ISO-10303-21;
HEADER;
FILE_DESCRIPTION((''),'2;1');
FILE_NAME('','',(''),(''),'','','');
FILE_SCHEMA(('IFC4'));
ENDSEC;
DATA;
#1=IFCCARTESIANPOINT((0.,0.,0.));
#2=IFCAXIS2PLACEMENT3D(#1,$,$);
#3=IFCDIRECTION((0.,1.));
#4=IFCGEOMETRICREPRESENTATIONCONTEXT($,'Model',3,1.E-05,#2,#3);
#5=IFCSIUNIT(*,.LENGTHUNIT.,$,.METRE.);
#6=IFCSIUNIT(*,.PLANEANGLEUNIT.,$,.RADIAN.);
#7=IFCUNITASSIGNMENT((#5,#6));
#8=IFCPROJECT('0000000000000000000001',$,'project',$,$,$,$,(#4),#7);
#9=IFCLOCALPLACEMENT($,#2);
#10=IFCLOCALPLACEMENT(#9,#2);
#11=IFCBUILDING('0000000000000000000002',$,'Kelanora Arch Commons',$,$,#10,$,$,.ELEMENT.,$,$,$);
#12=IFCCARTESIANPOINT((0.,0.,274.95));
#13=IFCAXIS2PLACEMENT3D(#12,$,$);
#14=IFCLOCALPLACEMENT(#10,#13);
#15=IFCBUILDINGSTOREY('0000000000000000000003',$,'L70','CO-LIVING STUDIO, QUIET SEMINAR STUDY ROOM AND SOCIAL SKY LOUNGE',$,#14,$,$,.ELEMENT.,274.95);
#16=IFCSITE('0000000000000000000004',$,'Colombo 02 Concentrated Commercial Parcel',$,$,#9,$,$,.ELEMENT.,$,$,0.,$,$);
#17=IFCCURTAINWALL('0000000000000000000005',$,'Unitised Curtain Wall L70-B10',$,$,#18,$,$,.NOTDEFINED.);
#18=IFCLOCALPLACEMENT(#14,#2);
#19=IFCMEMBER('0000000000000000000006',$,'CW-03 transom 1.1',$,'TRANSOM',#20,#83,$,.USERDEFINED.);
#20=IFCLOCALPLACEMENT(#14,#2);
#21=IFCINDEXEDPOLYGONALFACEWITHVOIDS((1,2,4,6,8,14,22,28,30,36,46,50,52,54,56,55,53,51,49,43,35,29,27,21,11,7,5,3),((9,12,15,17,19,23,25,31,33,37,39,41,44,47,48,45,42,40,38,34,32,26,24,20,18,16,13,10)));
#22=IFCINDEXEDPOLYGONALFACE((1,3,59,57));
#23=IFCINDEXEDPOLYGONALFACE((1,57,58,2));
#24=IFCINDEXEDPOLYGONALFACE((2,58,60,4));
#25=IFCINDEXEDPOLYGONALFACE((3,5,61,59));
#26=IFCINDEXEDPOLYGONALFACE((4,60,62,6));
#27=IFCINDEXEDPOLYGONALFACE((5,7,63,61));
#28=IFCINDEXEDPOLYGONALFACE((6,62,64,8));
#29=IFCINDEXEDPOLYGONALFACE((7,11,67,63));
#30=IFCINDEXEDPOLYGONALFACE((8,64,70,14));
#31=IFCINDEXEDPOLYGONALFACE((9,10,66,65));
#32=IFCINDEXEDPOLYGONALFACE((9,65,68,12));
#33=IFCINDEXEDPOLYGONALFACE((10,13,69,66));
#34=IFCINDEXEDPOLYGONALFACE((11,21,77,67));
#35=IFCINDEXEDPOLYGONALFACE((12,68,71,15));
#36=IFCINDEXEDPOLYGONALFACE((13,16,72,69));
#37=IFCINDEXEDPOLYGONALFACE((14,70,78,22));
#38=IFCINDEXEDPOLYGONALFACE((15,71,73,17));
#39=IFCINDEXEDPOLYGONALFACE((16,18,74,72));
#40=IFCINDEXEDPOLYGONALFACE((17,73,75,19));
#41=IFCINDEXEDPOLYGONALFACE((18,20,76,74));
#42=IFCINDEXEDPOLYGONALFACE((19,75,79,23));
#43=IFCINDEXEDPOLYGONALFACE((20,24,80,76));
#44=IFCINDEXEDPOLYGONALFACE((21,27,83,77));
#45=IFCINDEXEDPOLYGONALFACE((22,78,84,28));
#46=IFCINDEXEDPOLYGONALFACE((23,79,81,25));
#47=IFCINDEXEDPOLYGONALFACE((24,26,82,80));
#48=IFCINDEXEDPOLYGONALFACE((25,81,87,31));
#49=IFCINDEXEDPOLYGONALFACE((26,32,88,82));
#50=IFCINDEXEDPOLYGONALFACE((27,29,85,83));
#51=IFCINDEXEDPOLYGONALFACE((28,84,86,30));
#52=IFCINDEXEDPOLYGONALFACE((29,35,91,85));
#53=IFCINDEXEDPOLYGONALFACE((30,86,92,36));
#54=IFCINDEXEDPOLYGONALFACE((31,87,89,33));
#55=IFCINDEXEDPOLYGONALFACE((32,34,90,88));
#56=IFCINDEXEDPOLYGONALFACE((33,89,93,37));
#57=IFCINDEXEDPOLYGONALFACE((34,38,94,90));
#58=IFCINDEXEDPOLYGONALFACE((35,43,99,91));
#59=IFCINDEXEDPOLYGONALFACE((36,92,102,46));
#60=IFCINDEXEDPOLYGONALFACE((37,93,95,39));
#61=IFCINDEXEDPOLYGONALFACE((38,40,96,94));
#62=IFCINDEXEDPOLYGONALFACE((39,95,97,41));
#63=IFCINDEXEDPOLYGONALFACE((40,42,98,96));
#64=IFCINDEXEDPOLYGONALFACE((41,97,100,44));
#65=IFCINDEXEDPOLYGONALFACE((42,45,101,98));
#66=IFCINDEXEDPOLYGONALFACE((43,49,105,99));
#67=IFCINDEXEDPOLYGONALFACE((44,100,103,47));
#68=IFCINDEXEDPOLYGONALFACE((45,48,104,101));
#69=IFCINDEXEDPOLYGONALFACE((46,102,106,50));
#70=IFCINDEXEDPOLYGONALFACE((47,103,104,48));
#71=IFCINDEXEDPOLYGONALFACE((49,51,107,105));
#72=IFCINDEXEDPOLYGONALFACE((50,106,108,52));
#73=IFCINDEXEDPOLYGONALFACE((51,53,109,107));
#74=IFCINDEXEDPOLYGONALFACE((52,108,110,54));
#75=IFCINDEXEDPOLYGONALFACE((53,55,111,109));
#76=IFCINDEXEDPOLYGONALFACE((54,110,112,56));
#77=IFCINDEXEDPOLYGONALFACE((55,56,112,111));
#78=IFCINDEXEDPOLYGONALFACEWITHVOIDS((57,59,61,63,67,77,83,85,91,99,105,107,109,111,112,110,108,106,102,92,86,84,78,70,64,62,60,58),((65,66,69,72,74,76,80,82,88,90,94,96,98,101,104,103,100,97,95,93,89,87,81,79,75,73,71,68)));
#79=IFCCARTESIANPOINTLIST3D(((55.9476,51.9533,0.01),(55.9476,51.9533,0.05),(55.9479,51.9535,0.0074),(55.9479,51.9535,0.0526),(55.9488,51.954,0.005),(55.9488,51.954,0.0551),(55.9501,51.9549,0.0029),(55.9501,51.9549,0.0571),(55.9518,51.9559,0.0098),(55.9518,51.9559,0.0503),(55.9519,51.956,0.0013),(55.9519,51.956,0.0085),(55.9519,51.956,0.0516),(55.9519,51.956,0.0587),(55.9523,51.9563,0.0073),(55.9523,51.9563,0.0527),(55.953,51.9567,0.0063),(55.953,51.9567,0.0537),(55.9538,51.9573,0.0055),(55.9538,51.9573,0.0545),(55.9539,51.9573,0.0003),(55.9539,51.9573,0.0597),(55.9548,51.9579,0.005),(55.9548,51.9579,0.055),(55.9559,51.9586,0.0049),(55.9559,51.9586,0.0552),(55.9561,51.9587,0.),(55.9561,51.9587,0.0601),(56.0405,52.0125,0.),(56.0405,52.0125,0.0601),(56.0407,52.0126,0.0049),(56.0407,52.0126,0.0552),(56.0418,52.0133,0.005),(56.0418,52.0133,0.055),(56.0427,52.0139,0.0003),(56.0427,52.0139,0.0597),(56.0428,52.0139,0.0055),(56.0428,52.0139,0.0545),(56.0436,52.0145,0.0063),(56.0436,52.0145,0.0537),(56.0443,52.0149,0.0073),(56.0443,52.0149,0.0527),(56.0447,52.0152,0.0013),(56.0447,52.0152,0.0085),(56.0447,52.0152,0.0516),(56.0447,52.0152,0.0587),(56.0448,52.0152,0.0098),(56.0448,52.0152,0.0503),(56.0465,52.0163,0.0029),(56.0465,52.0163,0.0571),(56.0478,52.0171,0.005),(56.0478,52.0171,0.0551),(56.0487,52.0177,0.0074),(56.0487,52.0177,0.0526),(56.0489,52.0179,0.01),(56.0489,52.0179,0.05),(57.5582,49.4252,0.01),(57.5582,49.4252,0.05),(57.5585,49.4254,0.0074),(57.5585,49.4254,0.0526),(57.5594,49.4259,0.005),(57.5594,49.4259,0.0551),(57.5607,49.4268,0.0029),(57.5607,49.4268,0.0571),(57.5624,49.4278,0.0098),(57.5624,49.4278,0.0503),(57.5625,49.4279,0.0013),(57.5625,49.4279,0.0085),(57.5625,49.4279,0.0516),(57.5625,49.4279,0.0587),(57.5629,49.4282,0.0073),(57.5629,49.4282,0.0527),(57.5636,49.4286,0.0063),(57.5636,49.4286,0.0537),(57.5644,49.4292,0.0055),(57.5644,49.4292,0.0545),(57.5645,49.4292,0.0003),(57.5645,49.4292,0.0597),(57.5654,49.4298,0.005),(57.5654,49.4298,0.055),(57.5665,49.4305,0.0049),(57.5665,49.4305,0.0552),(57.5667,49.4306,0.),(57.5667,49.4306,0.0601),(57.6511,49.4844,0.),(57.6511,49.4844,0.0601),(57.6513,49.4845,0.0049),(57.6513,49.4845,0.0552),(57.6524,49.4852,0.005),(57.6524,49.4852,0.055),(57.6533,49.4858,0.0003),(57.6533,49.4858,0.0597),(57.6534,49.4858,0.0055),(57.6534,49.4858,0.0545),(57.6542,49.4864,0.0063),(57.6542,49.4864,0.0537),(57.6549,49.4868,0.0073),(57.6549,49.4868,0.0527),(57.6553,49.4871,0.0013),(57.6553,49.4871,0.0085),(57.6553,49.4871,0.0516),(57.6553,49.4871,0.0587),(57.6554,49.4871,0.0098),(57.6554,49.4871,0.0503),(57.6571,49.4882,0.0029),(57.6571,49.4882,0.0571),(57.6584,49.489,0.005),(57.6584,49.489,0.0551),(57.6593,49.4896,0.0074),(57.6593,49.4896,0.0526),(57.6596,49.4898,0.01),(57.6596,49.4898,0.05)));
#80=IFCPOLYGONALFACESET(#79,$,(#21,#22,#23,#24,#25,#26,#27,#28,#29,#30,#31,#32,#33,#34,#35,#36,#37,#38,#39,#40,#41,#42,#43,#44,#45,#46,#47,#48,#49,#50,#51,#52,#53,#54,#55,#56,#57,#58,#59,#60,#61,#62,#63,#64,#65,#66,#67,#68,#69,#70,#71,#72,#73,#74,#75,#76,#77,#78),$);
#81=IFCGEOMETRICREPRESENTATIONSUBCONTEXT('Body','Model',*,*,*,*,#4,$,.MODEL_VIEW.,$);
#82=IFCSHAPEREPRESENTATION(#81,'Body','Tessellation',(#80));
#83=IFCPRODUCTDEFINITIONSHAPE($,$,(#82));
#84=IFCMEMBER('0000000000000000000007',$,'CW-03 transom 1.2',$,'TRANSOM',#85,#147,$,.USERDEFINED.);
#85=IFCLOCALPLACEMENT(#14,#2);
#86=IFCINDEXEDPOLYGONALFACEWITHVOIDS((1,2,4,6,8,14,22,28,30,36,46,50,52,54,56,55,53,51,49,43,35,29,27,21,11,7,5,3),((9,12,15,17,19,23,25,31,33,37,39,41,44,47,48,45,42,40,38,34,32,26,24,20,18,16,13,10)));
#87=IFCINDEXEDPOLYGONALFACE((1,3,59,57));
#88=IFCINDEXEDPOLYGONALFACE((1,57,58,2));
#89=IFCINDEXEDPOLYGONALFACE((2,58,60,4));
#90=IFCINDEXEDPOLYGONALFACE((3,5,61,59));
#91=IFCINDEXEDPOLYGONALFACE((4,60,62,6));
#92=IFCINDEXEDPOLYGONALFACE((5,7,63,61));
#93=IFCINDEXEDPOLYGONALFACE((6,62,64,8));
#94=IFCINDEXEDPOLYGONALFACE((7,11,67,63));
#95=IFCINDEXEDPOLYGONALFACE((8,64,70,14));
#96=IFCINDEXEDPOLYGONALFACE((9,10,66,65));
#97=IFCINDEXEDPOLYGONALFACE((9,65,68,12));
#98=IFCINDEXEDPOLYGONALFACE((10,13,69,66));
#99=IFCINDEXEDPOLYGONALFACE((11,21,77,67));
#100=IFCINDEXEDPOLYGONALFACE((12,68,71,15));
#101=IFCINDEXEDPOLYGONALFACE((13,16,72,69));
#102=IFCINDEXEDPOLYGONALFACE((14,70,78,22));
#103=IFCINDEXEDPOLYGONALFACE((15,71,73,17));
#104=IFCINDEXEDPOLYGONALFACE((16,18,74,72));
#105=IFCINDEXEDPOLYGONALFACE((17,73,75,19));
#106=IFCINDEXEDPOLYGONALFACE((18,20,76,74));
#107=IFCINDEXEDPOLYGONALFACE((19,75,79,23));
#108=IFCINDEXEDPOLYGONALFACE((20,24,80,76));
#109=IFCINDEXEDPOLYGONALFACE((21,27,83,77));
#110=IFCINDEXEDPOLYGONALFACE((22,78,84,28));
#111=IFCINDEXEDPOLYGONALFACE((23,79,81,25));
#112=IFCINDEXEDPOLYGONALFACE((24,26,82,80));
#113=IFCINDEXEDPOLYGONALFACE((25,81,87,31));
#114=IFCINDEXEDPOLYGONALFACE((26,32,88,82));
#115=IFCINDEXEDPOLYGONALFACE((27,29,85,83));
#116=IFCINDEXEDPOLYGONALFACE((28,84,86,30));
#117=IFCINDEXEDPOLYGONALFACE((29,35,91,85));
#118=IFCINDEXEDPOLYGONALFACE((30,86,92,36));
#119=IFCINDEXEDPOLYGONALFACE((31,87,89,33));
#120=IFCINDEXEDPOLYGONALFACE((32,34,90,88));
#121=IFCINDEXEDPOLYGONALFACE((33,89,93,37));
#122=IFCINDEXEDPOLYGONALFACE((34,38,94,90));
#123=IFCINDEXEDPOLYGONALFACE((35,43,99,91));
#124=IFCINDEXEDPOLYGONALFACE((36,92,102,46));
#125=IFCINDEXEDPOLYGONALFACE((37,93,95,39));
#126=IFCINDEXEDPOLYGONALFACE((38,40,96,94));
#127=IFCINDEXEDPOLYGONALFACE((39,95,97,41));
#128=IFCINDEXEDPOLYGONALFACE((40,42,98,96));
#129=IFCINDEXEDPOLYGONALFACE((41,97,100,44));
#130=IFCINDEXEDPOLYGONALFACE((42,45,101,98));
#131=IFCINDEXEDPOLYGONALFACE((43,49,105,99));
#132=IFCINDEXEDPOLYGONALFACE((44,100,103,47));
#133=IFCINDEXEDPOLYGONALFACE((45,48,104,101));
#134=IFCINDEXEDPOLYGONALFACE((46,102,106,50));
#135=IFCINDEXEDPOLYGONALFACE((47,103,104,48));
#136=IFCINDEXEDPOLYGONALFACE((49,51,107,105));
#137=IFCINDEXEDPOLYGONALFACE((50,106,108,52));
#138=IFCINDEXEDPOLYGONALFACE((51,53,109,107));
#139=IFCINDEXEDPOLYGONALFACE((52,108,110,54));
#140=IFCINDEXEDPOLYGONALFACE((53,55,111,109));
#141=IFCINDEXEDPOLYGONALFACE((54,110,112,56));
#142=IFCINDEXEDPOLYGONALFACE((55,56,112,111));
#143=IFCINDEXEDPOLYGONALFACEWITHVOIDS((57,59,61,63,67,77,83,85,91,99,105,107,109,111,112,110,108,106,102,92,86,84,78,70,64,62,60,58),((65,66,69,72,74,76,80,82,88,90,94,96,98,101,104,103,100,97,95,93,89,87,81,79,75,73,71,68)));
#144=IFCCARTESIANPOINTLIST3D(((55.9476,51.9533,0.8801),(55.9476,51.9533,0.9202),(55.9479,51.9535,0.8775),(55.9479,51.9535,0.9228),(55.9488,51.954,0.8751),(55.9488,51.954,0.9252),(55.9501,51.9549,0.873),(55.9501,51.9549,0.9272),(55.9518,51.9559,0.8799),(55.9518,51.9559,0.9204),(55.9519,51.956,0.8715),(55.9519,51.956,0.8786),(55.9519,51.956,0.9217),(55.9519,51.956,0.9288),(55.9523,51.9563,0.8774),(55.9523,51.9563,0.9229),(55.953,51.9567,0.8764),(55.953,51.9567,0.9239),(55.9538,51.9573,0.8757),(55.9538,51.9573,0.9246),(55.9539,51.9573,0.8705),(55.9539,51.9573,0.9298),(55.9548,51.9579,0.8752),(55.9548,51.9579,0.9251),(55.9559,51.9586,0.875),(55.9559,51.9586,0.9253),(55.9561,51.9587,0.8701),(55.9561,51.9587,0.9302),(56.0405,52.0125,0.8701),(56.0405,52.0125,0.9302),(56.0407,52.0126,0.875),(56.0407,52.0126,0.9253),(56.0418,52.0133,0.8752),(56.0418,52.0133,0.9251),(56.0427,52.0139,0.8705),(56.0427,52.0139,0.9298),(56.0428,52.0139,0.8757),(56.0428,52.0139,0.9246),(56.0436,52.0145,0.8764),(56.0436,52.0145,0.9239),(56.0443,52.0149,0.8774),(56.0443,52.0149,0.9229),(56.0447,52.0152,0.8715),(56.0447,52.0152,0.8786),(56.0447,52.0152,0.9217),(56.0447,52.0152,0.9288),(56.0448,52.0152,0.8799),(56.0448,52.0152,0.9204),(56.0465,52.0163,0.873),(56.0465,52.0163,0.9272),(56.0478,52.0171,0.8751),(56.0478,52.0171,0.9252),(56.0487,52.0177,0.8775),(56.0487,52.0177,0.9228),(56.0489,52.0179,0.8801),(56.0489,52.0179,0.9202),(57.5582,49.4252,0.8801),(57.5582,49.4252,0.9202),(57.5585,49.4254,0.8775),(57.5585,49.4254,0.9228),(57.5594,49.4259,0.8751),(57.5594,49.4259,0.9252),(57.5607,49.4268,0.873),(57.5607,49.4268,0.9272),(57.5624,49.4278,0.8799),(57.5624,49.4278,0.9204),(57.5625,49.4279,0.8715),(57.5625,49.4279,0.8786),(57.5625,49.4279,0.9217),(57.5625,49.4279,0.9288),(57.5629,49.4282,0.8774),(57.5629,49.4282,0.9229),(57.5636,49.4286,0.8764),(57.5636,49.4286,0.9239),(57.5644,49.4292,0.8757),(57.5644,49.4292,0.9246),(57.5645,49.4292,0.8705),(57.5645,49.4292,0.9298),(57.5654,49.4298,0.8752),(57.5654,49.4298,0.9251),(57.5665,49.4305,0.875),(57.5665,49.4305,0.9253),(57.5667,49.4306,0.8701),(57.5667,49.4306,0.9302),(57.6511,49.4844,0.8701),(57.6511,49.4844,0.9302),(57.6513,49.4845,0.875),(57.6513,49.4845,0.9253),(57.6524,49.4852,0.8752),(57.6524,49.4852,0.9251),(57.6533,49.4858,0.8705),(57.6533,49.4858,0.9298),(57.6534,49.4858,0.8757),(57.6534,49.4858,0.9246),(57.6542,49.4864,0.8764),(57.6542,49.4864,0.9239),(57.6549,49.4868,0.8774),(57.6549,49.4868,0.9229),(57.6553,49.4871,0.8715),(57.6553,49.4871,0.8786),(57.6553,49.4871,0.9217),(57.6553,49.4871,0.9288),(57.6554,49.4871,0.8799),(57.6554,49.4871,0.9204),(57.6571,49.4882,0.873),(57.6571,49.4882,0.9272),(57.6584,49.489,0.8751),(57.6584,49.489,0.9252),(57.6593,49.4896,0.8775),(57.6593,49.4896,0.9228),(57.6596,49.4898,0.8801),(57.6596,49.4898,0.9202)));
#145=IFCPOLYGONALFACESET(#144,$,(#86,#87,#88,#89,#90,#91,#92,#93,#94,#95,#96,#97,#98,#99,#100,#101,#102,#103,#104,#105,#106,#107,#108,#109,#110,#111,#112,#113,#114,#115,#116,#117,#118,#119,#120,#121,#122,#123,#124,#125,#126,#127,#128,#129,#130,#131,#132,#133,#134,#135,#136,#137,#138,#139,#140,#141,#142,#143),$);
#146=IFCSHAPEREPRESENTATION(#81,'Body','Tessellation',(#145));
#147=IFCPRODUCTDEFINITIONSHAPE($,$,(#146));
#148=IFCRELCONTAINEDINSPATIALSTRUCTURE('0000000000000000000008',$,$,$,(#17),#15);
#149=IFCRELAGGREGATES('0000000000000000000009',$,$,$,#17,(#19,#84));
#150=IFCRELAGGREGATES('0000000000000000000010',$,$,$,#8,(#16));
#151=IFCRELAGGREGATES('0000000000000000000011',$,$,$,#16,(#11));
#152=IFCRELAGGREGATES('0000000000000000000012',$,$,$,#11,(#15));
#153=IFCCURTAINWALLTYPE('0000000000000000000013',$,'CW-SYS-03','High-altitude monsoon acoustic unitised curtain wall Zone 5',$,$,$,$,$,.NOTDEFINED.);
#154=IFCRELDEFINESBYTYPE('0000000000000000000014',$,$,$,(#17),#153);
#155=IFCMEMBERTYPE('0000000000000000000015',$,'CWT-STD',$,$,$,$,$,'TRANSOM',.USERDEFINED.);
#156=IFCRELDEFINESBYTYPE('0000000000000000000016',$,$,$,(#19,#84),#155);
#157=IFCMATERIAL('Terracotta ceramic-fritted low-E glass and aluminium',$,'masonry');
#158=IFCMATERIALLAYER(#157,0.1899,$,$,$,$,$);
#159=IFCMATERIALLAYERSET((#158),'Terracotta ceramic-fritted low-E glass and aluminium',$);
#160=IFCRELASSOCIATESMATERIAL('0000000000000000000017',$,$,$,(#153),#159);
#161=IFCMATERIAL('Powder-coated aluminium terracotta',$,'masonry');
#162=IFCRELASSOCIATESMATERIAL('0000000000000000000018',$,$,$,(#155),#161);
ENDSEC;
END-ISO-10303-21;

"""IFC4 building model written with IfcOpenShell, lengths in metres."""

from ifc_helpers import new_model, si_unit, direction, frame, origin, origin_2d, place, context, subcontext, project, spatial, hollow_rectangle, extrude, material, layer, layer_set, material_profile, profile_set, type_object, element, aggregate, save


model = new_model("IFC4")

# Units and contexts
model_context = context("Model", 3, precision=1e-05, world=origin(), true_north=direction((0.0, 1.0)))
body_context = subcontext(model_context, "Body", "Model", "MODEL_VIEW")
ifc_project = project(units=[si_unit("LENGTHUNIT", "METRE"), si_unit("PLANEANGLEUNIT", "RADIAN")], contexts=[model_context])

# Site, building, storey
site_placement = place(None, origin())
site = spatial("IfcSite", under=ifc_project, at=site_placement, Name="Colombo 02 Concentrated Commercial Parcel", CompositionType="ELEMENT", RefElevation=0.0)
building_placement = place(site_placement, origin())
building = spatial("IfcBuilding", under=site, at=building_placement, Name="Kelanora Arch Commons", CompositionType="ELEMENT")
storey_placement = place(building_placement, frame((0.0, 0.0, 274.95)))
storey = spatial("IfcBuildingStorey", under=building, at=storey_placement, Name="L70", Description="CO-LIVING STUDIO, QUIET SEMINAR STUDY ROOM AND SOCIAL SKY LOUNGE", CompositionType="ELEMENT", Elevation=274.95)

# Curtain wall, members
ifc_material_1 = material(Name="Terracotta ceramic-fritted low-E glass and aluminium", Category="masonry")
ifc_layer_1 = layer(ifc_material_1, 0.1899)
ifc_layer_set_1 = layer_set([ifc_layer_1], Name="Terracotta ceramic-fritted low-E glass and aluminium")
curtain_wall_type = type_object("IfcCurtainWallType", Name="CW-SYS-03", Description="High-altitude monsoon acoustic unitised curtain wall Zone 5", PredefinedType="NOTDEFINED", material=ifc_layer_set_1)
curtain_wall_placement = place(storey_placement, origin())
curtain_wall = element("IfcCurtainWall", 1, at=curtain_wall_placement, inside=storey, type_object=curtain_wall_type, Name="Unitised Curtain Wall L70-B10", PredefinedType="NOTDEFINED")
ifc_material_2 = material(Name="Powder-coated aluminium terracotta", Category="masonry")
ifc_material_profile_1 = material_profile(ifc_material_2, hollow_rectangle(XDim=0.1201, YDim=0.0601, WallThickness=0.0049, InnerFilletRadius=0.0049, OuterFilletRadius=0.01, at=origin_2d()), Name="CWT120x60")
ifc_profile_set_1 = profile_set([ifc_material_profile_1], Name="Powder-coated aluminium terracotta")
member_type_1 = type_object("IfcMemberType", Name="CWT-STD", ElementType="TRANSOM", PredefinedType="USERDEFINED", material=ifc_profile_set_1)
member_1_placement = place(storey_placement, frame((55.9983, 51.9856, 0.03), z_axis=(0.537308, -0.843386, 0.0), x_axis=(0.843386, 0.537308, 0.0)))
member_1 = element("IfcMember", 2, at=member_1_placement, type_object=member_type_1, Name="CW-03 transom 1.1", ObjectType="TRANSOM", PredefinedType="USERDEFINED", context=body_context, shape_type="SweptSolid", body=[
    extrude(hollow_rectangle(XDim=0.1201, YDim=0.0601, WallThickness=0.0049, InnerFilletRadius=0.0049, OuterFilletRadius=0.01, at=origin_2d()), origin(), (0.0, 0.0, 1.0), 2.9976),
])
member_2_placement = place(storey_placement, frame((55.9983, 51.9856, 0.9001), z_axis=(0.537308, -0.843386, 0.0), x_axis=(0.843386, 0.537308, 0.0)))
member_2 = element("IfcMember", 3, at=member_2_placement, type_object=member_type_1, Name="CW-03 transom 1.2", ObjectType="TRANSOM", PredefinedType="USERDEFINED", context=body_context, shape_type="SweptSolid", body=[
    extrude(hollow_rectangle(XDim=0.1201, YDim=0.0601, WallThickness=0.0049, InnerFilletRadius=0.0049, OuterFilletRadius=0.01, at=origin_2d()), origin(), (0.0, 0.0, 1.0), 2.9976),
])

aggregate(curtain_wall, [member_1, member_2])

save(model, "model.ifc")
